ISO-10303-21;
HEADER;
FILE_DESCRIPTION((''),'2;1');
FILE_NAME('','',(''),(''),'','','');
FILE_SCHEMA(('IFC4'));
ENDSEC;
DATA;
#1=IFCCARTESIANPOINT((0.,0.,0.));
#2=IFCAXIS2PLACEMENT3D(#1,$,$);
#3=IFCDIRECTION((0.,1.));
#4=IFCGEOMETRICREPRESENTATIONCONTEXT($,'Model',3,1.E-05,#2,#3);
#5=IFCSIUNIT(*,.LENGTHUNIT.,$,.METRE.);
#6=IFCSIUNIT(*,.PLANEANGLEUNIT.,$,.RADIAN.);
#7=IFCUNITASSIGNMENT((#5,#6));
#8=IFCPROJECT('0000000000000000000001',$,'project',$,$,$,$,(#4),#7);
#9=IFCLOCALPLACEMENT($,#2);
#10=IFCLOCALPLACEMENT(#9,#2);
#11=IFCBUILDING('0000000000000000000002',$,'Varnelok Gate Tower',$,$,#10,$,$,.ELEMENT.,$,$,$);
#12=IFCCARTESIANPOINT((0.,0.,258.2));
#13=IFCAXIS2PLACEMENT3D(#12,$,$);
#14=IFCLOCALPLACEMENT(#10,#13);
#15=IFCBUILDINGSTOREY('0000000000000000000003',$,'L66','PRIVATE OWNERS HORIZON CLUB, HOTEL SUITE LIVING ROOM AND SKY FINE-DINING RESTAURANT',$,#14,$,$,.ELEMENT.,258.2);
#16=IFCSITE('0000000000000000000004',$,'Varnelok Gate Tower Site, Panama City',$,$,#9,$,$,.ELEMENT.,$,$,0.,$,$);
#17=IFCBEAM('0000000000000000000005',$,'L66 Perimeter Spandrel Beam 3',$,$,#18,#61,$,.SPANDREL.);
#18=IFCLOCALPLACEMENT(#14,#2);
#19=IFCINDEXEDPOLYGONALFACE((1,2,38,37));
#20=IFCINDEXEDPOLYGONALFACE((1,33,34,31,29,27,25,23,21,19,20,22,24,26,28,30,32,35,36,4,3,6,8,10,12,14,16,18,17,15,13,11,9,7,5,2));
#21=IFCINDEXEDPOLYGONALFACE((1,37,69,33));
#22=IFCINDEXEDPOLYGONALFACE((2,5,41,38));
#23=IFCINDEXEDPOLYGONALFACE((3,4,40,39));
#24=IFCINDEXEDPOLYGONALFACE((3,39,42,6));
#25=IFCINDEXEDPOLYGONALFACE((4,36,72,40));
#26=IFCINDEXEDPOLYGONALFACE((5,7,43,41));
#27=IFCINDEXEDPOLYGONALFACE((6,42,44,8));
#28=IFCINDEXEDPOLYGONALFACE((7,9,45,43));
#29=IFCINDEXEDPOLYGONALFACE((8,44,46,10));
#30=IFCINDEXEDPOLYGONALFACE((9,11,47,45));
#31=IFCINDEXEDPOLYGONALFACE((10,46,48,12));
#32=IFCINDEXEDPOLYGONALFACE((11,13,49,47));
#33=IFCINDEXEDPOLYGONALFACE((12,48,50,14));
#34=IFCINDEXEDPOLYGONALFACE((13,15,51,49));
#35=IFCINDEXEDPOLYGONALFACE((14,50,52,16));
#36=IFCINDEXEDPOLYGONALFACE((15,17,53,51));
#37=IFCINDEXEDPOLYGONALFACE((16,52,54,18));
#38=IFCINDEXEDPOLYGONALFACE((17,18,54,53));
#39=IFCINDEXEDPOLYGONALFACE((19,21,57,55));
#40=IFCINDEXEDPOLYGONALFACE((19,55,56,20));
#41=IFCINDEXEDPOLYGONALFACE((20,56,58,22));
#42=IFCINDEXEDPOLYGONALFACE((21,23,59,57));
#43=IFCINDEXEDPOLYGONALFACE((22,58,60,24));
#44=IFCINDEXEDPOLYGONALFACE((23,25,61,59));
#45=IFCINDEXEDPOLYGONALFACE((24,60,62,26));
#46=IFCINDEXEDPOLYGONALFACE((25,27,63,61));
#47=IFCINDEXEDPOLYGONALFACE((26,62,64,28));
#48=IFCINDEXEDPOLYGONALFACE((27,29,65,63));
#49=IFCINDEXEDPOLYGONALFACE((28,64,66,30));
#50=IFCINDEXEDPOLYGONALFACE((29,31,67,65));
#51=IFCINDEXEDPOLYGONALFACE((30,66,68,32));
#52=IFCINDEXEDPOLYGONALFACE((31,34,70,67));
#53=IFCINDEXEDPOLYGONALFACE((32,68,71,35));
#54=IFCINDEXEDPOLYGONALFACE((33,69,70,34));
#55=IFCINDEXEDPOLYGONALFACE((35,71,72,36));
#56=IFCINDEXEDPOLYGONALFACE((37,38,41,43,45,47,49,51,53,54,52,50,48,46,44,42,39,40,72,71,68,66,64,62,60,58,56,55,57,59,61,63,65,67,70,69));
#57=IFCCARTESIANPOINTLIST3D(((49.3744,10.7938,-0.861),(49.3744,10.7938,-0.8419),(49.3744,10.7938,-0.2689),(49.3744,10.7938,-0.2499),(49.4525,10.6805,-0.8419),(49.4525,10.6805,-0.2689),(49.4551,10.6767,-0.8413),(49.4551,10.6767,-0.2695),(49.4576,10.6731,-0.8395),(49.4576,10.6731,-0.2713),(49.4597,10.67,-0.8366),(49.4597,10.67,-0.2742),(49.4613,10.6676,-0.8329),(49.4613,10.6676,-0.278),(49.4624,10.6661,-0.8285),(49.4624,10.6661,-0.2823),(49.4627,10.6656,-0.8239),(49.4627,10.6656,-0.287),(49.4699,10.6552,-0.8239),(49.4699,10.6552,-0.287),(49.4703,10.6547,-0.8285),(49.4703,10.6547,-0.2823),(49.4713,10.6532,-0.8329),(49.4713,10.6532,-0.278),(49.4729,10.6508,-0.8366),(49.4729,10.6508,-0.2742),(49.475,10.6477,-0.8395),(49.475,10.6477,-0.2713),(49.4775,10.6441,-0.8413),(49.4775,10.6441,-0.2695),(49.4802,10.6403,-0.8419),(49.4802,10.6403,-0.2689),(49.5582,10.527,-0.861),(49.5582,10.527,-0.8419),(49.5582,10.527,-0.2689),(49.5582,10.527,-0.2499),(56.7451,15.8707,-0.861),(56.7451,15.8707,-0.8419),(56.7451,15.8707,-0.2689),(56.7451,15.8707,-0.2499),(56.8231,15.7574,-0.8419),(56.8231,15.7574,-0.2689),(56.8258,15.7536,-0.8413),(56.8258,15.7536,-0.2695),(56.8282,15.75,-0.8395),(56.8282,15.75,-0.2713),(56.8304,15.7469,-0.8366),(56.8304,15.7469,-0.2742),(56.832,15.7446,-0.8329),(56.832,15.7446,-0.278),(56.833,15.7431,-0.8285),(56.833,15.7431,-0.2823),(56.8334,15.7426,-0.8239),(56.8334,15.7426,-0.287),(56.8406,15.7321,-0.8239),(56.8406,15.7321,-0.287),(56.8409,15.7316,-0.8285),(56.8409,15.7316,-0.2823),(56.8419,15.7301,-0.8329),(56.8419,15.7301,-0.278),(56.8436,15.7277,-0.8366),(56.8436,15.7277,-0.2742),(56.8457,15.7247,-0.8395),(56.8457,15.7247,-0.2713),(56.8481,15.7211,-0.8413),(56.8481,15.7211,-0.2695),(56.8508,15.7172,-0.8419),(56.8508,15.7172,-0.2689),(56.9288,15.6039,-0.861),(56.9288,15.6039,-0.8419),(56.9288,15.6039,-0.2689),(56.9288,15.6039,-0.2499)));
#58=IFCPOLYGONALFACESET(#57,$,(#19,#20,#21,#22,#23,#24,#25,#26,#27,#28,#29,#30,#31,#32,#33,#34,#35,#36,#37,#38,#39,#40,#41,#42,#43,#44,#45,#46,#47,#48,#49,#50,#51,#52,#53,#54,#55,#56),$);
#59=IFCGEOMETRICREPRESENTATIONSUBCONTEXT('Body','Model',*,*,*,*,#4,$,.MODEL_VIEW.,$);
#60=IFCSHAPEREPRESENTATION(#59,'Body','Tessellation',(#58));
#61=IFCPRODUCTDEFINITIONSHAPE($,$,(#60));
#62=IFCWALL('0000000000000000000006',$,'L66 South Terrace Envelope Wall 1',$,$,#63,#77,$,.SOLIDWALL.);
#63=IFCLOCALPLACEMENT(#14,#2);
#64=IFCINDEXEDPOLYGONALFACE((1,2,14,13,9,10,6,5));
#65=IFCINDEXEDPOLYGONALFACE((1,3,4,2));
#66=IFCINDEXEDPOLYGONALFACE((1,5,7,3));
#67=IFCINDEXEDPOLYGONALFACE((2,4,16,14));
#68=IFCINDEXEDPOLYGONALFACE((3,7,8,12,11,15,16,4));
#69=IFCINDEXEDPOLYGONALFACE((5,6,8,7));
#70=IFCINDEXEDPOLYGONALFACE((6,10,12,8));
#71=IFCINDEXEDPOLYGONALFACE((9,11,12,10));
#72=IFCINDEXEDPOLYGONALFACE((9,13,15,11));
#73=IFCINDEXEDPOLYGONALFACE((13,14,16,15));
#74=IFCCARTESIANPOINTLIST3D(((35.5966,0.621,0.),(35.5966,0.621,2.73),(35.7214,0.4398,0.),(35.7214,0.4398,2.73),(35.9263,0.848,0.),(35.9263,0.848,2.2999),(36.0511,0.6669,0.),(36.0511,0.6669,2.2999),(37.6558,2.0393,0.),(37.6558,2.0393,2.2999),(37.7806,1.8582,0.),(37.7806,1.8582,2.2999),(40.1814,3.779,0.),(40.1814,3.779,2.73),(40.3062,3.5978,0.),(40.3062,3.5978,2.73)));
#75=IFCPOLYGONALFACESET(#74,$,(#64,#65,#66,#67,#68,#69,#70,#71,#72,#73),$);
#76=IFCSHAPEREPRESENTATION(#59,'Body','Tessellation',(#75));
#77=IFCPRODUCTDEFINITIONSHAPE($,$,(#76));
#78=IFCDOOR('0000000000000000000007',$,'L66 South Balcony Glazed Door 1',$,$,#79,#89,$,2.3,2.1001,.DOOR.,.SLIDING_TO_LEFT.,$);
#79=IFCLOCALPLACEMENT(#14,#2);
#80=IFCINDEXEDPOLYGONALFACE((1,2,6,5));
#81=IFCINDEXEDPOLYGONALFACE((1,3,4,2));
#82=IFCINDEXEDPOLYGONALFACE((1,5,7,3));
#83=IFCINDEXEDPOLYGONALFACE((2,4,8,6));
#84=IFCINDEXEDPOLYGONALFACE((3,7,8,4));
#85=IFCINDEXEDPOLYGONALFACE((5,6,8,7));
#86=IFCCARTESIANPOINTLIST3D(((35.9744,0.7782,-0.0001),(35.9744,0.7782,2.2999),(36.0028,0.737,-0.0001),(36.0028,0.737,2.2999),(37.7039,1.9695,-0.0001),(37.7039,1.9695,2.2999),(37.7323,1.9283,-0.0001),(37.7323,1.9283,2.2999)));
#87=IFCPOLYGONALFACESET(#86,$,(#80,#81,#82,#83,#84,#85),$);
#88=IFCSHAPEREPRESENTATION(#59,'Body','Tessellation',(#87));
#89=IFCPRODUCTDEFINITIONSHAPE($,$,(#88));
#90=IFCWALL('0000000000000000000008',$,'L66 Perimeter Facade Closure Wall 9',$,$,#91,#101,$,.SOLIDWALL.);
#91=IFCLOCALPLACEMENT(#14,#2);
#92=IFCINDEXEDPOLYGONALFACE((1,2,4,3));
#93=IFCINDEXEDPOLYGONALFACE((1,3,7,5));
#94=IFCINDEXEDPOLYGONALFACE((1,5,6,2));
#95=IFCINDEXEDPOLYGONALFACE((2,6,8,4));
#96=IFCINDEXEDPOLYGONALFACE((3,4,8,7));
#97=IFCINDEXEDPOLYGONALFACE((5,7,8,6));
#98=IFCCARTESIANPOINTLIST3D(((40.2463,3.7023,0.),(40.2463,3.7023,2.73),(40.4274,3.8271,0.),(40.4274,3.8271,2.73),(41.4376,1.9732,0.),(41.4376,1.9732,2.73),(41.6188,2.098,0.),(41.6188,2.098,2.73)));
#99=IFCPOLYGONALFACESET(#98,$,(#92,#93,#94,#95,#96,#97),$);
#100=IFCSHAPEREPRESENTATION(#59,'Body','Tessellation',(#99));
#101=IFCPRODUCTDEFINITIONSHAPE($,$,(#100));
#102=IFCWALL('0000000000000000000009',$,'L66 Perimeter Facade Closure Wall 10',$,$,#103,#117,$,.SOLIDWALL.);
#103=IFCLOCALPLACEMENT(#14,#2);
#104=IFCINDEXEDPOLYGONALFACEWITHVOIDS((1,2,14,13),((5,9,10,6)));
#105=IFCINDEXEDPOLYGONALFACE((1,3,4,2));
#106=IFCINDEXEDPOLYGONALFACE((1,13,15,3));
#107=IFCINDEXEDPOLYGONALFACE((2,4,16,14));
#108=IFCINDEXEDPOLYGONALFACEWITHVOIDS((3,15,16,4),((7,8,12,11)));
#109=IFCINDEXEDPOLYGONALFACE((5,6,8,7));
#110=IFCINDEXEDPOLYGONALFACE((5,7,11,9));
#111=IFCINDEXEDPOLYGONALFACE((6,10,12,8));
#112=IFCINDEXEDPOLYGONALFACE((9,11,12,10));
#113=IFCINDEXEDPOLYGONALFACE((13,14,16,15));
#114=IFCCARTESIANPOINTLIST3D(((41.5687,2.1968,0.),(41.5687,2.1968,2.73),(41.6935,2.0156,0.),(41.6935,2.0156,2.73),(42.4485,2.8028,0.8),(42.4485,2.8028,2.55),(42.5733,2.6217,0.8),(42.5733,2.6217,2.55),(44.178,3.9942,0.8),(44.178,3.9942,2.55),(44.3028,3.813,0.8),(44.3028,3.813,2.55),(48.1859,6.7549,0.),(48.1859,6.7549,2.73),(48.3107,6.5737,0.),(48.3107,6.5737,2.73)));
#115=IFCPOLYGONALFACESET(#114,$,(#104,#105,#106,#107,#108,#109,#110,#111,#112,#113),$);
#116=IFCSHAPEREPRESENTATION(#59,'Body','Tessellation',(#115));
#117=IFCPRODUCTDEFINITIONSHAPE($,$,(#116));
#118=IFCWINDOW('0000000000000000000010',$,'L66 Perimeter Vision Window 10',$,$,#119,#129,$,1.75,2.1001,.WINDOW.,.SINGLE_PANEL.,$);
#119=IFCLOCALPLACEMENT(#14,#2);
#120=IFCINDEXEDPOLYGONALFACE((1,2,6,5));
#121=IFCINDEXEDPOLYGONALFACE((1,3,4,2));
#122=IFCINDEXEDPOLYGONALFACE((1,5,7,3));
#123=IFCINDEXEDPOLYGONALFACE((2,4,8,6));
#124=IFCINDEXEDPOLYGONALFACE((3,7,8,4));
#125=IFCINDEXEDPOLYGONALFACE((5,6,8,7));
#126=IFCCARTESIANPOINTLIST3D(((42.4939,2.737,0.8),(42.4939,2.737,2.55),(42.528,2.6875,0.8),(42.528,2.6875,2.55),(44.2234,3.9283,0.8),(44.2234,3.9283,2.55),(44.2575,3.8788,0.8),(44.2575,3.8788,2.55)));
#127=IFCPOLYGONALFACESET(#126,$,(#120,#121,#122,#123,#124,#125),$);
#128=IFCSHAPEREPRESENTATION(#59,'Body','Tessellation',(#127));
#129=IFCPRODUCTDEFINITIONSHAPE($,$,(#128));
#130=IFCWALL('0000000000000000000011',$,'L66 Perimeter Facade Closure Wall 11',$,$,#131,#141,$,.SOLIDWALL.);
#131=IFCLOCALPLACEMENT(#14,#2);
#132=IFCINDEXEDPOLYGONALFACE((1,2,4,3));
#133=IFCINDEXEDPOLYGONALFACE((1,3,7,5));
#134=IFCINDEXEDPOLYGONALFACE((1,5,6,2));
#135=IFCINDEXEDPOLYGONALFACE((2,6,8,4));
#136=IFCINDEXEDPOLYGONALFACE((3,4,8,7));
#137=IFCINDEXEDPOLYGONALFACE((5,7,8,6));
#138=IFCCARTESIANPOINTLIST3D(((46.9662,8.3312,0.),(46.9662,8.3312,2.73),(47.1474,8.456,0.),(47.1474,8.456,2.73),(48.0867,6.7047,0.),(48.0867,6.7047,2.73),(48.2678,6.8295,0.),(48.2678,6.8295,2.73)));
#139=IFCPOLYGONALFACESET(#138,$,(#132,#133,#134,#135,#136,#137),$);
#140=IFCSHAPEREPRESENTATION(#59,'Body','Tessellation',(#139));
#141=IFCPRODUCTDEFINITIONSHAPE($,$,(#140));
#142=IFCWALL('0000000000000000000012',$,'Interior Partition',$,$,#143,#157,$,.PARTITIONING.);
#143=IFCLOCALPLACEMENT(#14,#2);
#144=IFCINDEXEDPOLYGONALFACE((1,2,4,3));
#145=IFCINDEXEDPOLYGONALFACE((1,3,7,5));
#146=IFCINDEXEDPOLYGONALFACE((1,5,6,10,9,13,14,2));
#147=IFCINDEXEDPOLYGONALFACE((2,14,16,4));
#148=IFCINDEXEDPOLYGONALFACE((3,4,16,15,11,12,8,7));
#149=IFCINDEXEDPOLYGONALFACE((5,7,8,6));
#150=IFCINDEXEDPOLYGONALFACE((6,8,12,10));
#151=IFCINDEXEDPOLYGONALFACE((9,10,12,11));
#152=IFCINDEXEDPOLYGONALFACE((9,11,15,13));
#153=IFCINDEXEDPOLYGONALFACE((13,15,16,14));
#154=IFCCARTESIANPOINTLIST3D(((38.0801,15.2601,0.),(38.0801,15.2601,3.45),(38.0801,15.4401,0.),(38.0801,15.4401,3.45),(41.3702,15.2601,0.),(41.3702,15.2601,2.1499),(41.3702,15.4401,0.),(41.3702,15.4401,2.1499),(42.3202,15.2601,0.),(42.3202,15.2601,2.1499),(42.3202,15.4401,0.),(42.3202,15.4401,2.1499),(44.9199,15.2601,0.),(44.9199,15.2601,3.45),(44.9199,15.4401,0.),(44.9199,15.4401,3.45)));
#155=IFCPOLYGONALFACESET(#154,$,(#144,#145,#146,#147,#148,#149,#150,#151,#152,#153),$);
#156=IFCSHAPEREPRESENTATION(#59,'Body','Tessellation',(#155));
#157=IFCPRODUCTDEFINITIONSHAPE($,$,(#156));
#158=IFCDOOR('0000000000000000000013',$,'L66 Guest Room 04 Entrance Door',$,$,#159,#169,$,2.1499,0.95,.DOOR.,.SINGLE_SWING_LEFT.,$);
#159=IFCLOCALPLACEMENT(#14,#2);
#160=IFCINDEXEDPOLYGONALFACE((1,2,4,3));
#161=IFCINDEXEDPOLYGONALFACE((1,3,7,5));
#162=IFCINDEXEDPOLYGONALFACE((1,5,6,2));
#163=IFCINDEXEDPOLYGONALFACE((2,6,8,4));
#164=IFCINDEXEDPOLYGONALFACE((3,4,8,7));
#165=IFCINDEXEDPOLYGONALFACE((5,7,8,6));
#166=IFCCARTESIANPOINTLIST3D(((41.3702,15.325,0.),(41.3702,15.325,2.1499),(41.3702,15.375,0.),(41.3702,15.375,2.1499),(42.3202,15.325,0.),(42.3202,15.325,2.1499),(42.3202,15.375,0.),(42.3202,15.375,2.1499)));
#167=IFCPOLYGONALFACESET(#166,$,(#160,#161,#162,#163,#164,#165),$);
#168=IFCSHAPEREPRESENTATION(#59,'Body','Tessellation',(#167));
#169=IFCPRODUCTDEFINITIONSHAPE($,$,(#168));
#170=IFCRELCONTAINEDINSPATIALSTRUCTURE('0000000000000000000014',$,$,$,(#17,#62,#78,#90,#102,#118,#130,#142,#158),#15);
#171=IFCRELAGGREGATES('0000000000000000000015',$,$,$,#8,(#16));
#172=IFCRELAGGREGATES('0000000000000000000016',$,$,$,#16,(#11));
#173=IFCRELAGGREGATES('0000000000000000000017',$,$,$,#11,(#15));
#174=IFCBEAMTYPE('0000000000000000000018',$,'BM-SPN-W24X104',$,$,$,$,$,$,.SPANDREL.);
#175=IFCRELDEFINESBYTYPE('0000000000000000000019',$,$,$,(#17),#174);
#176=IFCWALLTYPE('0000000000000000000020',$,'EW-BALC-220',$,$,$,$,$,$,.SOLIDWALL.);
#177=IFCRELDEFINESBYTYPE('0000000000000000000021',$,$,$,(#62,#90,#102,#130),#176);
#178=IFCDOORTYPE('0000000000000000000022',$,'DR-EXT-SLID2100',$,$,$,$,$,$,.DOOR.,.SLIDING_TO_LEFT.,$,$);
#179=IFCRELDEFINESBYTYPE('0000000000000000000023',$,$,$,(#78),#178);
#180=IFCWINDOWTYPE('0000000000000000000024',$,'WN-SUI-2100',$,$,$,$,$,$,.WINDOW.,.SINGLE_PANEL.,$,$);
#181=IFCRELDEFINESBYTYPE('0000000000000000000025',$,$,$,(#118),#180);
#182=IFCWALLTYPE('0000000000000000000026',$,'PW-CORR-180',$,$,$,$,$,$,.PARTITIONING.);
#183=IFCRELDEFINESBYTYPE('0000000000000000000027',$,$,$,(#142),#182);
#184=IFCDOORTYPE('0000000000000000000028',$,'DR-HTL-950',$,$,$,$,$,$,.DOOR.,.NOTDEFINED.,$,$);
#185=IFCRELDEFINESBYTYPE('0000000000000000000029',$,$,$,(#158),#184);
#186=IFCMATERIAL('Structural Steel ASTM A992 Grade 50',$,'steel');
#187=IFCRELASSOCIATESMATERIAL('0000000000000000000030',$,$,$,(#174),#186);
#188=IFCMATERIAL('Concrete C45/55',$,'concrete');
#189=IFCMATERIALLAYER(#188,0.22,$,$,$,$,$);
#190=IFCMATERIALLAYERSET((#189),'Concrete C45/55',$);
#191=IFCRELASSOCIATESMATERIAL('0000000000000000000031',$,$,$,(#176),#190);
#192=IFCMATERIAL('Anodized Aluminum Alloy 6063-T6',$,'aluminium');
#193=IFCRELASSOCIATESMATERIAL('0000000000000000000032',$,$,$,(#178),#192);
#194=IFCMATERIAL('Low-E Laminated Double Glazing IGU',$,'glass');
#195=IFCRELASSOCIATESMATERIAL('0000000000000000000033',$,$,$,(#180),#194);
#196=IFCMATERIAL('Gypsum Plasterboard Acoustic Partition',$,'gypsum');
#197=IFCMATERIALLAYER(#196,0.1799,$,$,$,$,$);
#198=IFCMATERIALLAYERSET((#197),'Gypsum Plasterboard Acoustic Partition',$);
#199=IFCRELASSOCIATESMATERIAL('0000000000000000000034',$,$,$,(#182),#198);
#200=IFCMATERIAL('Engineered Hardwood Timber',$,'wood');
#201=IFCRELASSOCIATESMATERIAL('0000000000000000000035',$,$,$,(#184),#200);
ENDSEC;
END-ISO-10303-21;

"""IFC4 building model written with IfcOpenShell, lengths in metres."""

from ifc_helpers import new_model, si_unit, direction, frame, frame_2d, origin, origin_2d, place, context, subcontext, project, spatial, rectangle, i_section, extrude, material, layer, layer_set, material_profile, profile_set, type_object, element, fill, save


model = new_model("IFC4")

# Units and contexts
model_context = context("Model", 3, precision=1e-05, world=origin(), true_north=direction((0.0, 1.0)))
body_context = subcontext(model_context, "Body", "Model", "MODEL_VIEW")
ifc_project = project(units=[si_unit("LENGTHUNIT", "METRE"), si_unit("PLANEANGLEUNIT", "RADIAN")], contexts=[model_context])

# Site, building, storey
site_placement = place(None, origin())
site = spatial("IfcSite", under=ifc_project, at=site_placement, Name="Varnelok Gate Tower Site, Panama City", CompositionType="ELEMENT", RefElevation=0.0)
building_placement = place(site_placement, origin())
building = spatial("IfcBuilding", under=site, at=building_placement, Name="Varnelok Gate Tower", CompositionType="ELEMENT")
storey_placement = place(building_placement, frame((0.0, 0.0, 258.2)))
storey = spatial("IfcBuildingStorey", under=building, at=storey_placement, Name="L66", Description="PRIVATE OWNERS HORIZON CLUB, HOTEL SUITE LIVING ROOM AND SKY FINE-DINING RESTAURANT", CompositionType="ELEMENT", Elevation=258.2)

# Shared definitions
ifc_material_1 = material(Name="Structural Steel ASTM A992 Grade 50", Category="steel")

# Beam
ifc_material_profile_1 = material_profile(ifc_material_1, i_section(OverallWidth=0.324, OverallDepth=0.6111, WebThickness=0.0127, FlangeThickness=0.019, FilletRadius=0.0181, at=origin_2d()), Name="W24X104")
ifc_profile_set_1 = profile_set([ifc_material_profile_1], Name="Structural Steel ASTM A992 Grade 50")
beam_type_1 = type_object("IfcBeamType", Name="BM-SPN-W24X104", PredefinedType="SPANDREL", material=ifc_profile_set_1)
for number, where, z_axis, x_axis, name in (
    (1, (49.4663, 10.6604, -0.5554), (0.82354, 0.567258, 0.0), (-0.567258, 0.82354, 0.0), "L66 Perimeter Spandrel Beam 3"),
):
    element("IfcBeam", number, at=place(storey_placement, frame(where, z_axis=z_axis, x_axis=x_axis)), inside=storey, type_object=beam_type_1, Name=name, PredefinedType="SPANDREL", context=body_context, shape_type="SweptSolid", body=[
        extrude(i_section(OverallWidth=0.324, OverallDepth=0.6111, WebThickness=0.0127, FlangeThickness=0.019, FilletRadius=0.0181, at=origin_2d()), origin(), (0.0, 0.0, 1.0), 8.95),
    ])

# Wall, opening, door
ifc_material_2 = material(Name="Concrete C45/55", Category="concrete")
ifc_layer_1 = layer(ifc_material_2, 0.22)
ifc_layer_set_1 = layer_set([ifc_layer_1], Name="Concrete C45/55")
wall_type_1 = type_object("IfcWallType", Name="EW-BALC-220", PredefinedType="SOLIDWALL", material=ifc_layer_set_1)
wall_1_placement = place(storey_placement, frame((40.2439, 3.6885, 0.0), z_axis=(0.0, 0.0, 1.0), x_axis=(-0.823541, -0.567256, 0.0)))
wall_1 = element("IfcWall", 2, at=wall_1_placement, inside=storey, type_object=wall_type_1, Name="L66 South Terrace Envelope Wall 1", PredefinedType="SOLIDWALL", context=body_context, shape_type="SweptSolid", body=[
    extrude(rectangle(XDim=5.5671, YDim=0.22, at=frame_2d((2.7837, 0.0))), origin(), (0.0, 0.0, 1.0), 2.73),
])
opening_1_placement = place(wall_1_placement, frame((3.0669, 0.0, 0.0)))
opening_1 = element("IfcOpeningElement", 3, at=opening_1_placement, cuts=wall_1, PredefinedType="OPENING", context=body_context, shape_type="SweptSolid", body=[
    extrude(rectangle(XDim=2.1001, YDim=2.3, at=frame_2d((1.05, 1.1499))), frame((0.0, 0.1199, 0.0), z_axis=(0.0, -1.0, 0.0), x_axis=(1.0, 0.0, 0.0)), (0.0, 0.0, 1.0), 0.24),
])
ifc_material_3 = material(Name="Anodized Aluminum Alloy 6063-T6", Category="aluminium")
door_type_1 = type_object("IfcDoorType", Name="DR-EXT-SLID2100", OperationType="SLIDING_TO_LEFT", PredefinedType="DOOR", material=ifc_material_3)
door_1_placement = place(opening_1_placement, origin())
door_1 = element("IfcDoor", 4, at=door_1_placement, inside=storey, type_object=door_type_1, Name="L66 South Balcony Glazed Door 1", OperationType="SLIDING_TO_LEFT", OverallHeight=2.3, OverallWidth=2.1001, PredefinedType="DOOR", context=body_context, shape_type="SweptSolid", body=[
    extrude(rectangle(XDim=2.1001, YDim=2.3, at=frame_2d((1.05, 1.1499))), frame((0.0, 0.0249, 0.0), z_axis=(0.0, -1.0, 0.0), x_axis=(1.0, 0.0, 0.0)), (0.0, 0.0, 1.0), 0.05),
])
fill(opening_1, door_1)

# Wall
wall_2_placement = place(storey_placement, frame((40.3369, 3.7646, 0.0), z_axis=(0.0, 0.0, 1.0), x_axis=(0.567353, -0.823475, 0.0)))
element("IfcWall", 5, at=wall_2_placement, inside=storey, type_object=wall_type_1, Name="L66 Perimeter Facade Closure Wall 9", PredefinedType="SOLIDWALL", context=body_context, shape_type="SweptSolid", body=[
    extrude(rectangle(XDim=2.0999, YDim=0.22, at=frame_2d((1.0498, 0.0))), origin(), (0.0, 0.0, 1.0), 2.73),
])

# Wall, opening, window
wall_3_placement = place(storey_placement, frame((41.6311, 2.1062, 0.0), z_axis=(0.0, 0.0, 1.0), x_axis=(0.823531, 0.567271, 0.0)))
wall_3 = element("IfcWall", 6, at=wall_3_placement, inside=storey, type_object=wall_type_1, Name="L66 Perimeter Facade Closure Wall 10", PredefinedType="SOLIDWALL", context=body_context, shape_type="SweptSolid", body=[
    extrude(rectangle(XDim=8.0352, YDim=0.22, at=frame_2d((4.0176, 0.0))), origin(), (0.0, 0.0, 1.0), 2.73),
])
opening_2_placement = place(wall_3_placement, frame((1.0684, 0.0, 0.8)))
opening_2 = element("IfcOpeningElement", 7, at=opening_2_placement, cuts=wall_3, PredefinedType="OPENING", context=body_context, shape_type="SweptSolid", body=[
    extrude(rectangle(XDim=2.1001, YDim=1.75, at=frame_2d((1.05, 0.875))), frame((0.0, 0.1199, 0.0), z_axis=(0.0, -1.0, 0.0), x_axis=(1.0, 0.0, 0.0)), (0.0, 0.0, 1.0), 0.24),
])
ifc_material_4 = material(Name="Low-E Laminated Double Glazing IGU", Category="glass")
window_type = type_object("IfcWindowType", Name="WN-SUI-2100", PartitioningType="SINGLE_PANEL", PredefinedType="WINDOW", material=ifc_material_4)
window_placement = place(opening_2_placement, origin())
window = element("IfcWindow", 8, at=window_placement, inside=storey, type_object=window_type, Name="L66 Perimeter Vision Window 10", OverallHeight=1.75, OverallWidth=2.1001, PartitioningType="SINGLE_PANEL", PredefinedType="WINDOW", context=body_context, shape_type="SweptSolid", body=[
    extrude(rectangle(XDim=2.1001, YDim=1.75, at=frame_2d((1.05, 0.875))), frame((0.0, 0.03, 0.0), z_axis=(0.0, -1.0, 0.0), x_axis=(1.0, 0.0, 0.0)), (0.0, 0.0, 1.0), 0.0601),
])
fill(opening_2, window)

# Wall
wall_4_placement = place(storey_placement, frame((48.1772, 6.7671, 0.0), z_axis=(0.0, 0.0, 1.0), x_axis=(-0.567274, 0.823529, 0.0)))
element("IfcWall", 9, at=wall_4_placement, inside=storey, type_object=wall_type_1, Name="L66 Perimeter Facade Closure Wall 11", PredefinedType="SOLIDWALL", context=body_context, shape_type="SweptSolid", body=[
    extrude(rectangle(XDim=1.9751, YDim=0.22, at=frame_2d((0.9875, 0.0))), origin(), (0.0, 0.0, 1.0), 2.73),
])

# Wall, opening, door
ifc_material_5 = material(Name="Gypsum Plasterboard Acoustic Partition", Category="gypsum")
ifc_layer_2 = layer(ifc_material_5, 0.1799)
ifc_layer_set_2 = layer_set([ifc_layer_2], Name="Gypsum Plasterboard Acoustic Partition")
wall_type_2 = type_object("IfcWallType", Name="PW-CORR-180", PredefinedType="PARTITIONING", material=ifc_layer_set_2)
wall_5_placement = place(storey_placement, frame((38.0801, 15.3501, 0.0), z_axis=(0.0, 0.0, 1.0), x_axis=(1.0, 0.0, 0.0)))
wall_5 = element("IfcWall", 10, at=wall_5_placement, inside=storey, type_object=wall_type_2, Name="Interior Partition", PredefinedType="PARTITIONING", context=body_context, shape_type="SweptSolid", body=[
    extrude(rectangle(XDim=6.8398, YDim=0.1799, at=frame_2d((3.4199, 0.0))), origin(), (0.0, 0.0, 1.0), 3.45),
])
opening_3_placement = place(wall_5_placement, frame((3.29, 0.0, 0.0)))
opening_3 = element("IfcOpeningElement", 11, at=opening_3_placement, cuts=wall_5, PredefinedType="OPENING", context=body_context, shape_type="SweptSolid", body=[
    extrude(rectangle(XDim=0.95, YDim=2.1499, at=frame_2d((0.4751, 1.075))), frame((0.0, 0.0999, 0.0), z_axis=(0.0, -1.0, 0.0), x_axis=(1.0, 0.0, 0.0)), (0.0, 0.0, 1.0), 0.2),
])
ifc_material_6 = material(Name="Engineered Hardwood Timber", Category="wood")
door_type_2 = type_object("IfcDoorType", Name="DR-HTL-950", OperationType="NOTDEFINED", PredefinedType="DOOR", material=ifc_material_6)
door_2_placement = place(opening_3_placement, origin())
door_2 = element("IfcDoor", 12, at=door_2_placement, inside=storey, type_object=door_type_2, Name="L66 Guest Room 04 Entrance Door", OperationType="SINGLE_SWING_LEFT", OverallHeight=2.1499, OverallWidth=0.95, PredefinedType="DOOR", context=body_context, shape_type="SweptSolid", body=[
    extrude(rectangle(XDim=0.95, YDim=2.1499, at=frame_2d((0.4751, 1.075))), frame((0.0, 0.0249, 0.0), z_axis=(0.0, -1.0, 0.0), x_axis=(1.0, 0.0, 0.0)), (0.0, 0.0, 1.0), 0.05),
])
fill(opening_3, door_2)

save(model, "model.ifc")
